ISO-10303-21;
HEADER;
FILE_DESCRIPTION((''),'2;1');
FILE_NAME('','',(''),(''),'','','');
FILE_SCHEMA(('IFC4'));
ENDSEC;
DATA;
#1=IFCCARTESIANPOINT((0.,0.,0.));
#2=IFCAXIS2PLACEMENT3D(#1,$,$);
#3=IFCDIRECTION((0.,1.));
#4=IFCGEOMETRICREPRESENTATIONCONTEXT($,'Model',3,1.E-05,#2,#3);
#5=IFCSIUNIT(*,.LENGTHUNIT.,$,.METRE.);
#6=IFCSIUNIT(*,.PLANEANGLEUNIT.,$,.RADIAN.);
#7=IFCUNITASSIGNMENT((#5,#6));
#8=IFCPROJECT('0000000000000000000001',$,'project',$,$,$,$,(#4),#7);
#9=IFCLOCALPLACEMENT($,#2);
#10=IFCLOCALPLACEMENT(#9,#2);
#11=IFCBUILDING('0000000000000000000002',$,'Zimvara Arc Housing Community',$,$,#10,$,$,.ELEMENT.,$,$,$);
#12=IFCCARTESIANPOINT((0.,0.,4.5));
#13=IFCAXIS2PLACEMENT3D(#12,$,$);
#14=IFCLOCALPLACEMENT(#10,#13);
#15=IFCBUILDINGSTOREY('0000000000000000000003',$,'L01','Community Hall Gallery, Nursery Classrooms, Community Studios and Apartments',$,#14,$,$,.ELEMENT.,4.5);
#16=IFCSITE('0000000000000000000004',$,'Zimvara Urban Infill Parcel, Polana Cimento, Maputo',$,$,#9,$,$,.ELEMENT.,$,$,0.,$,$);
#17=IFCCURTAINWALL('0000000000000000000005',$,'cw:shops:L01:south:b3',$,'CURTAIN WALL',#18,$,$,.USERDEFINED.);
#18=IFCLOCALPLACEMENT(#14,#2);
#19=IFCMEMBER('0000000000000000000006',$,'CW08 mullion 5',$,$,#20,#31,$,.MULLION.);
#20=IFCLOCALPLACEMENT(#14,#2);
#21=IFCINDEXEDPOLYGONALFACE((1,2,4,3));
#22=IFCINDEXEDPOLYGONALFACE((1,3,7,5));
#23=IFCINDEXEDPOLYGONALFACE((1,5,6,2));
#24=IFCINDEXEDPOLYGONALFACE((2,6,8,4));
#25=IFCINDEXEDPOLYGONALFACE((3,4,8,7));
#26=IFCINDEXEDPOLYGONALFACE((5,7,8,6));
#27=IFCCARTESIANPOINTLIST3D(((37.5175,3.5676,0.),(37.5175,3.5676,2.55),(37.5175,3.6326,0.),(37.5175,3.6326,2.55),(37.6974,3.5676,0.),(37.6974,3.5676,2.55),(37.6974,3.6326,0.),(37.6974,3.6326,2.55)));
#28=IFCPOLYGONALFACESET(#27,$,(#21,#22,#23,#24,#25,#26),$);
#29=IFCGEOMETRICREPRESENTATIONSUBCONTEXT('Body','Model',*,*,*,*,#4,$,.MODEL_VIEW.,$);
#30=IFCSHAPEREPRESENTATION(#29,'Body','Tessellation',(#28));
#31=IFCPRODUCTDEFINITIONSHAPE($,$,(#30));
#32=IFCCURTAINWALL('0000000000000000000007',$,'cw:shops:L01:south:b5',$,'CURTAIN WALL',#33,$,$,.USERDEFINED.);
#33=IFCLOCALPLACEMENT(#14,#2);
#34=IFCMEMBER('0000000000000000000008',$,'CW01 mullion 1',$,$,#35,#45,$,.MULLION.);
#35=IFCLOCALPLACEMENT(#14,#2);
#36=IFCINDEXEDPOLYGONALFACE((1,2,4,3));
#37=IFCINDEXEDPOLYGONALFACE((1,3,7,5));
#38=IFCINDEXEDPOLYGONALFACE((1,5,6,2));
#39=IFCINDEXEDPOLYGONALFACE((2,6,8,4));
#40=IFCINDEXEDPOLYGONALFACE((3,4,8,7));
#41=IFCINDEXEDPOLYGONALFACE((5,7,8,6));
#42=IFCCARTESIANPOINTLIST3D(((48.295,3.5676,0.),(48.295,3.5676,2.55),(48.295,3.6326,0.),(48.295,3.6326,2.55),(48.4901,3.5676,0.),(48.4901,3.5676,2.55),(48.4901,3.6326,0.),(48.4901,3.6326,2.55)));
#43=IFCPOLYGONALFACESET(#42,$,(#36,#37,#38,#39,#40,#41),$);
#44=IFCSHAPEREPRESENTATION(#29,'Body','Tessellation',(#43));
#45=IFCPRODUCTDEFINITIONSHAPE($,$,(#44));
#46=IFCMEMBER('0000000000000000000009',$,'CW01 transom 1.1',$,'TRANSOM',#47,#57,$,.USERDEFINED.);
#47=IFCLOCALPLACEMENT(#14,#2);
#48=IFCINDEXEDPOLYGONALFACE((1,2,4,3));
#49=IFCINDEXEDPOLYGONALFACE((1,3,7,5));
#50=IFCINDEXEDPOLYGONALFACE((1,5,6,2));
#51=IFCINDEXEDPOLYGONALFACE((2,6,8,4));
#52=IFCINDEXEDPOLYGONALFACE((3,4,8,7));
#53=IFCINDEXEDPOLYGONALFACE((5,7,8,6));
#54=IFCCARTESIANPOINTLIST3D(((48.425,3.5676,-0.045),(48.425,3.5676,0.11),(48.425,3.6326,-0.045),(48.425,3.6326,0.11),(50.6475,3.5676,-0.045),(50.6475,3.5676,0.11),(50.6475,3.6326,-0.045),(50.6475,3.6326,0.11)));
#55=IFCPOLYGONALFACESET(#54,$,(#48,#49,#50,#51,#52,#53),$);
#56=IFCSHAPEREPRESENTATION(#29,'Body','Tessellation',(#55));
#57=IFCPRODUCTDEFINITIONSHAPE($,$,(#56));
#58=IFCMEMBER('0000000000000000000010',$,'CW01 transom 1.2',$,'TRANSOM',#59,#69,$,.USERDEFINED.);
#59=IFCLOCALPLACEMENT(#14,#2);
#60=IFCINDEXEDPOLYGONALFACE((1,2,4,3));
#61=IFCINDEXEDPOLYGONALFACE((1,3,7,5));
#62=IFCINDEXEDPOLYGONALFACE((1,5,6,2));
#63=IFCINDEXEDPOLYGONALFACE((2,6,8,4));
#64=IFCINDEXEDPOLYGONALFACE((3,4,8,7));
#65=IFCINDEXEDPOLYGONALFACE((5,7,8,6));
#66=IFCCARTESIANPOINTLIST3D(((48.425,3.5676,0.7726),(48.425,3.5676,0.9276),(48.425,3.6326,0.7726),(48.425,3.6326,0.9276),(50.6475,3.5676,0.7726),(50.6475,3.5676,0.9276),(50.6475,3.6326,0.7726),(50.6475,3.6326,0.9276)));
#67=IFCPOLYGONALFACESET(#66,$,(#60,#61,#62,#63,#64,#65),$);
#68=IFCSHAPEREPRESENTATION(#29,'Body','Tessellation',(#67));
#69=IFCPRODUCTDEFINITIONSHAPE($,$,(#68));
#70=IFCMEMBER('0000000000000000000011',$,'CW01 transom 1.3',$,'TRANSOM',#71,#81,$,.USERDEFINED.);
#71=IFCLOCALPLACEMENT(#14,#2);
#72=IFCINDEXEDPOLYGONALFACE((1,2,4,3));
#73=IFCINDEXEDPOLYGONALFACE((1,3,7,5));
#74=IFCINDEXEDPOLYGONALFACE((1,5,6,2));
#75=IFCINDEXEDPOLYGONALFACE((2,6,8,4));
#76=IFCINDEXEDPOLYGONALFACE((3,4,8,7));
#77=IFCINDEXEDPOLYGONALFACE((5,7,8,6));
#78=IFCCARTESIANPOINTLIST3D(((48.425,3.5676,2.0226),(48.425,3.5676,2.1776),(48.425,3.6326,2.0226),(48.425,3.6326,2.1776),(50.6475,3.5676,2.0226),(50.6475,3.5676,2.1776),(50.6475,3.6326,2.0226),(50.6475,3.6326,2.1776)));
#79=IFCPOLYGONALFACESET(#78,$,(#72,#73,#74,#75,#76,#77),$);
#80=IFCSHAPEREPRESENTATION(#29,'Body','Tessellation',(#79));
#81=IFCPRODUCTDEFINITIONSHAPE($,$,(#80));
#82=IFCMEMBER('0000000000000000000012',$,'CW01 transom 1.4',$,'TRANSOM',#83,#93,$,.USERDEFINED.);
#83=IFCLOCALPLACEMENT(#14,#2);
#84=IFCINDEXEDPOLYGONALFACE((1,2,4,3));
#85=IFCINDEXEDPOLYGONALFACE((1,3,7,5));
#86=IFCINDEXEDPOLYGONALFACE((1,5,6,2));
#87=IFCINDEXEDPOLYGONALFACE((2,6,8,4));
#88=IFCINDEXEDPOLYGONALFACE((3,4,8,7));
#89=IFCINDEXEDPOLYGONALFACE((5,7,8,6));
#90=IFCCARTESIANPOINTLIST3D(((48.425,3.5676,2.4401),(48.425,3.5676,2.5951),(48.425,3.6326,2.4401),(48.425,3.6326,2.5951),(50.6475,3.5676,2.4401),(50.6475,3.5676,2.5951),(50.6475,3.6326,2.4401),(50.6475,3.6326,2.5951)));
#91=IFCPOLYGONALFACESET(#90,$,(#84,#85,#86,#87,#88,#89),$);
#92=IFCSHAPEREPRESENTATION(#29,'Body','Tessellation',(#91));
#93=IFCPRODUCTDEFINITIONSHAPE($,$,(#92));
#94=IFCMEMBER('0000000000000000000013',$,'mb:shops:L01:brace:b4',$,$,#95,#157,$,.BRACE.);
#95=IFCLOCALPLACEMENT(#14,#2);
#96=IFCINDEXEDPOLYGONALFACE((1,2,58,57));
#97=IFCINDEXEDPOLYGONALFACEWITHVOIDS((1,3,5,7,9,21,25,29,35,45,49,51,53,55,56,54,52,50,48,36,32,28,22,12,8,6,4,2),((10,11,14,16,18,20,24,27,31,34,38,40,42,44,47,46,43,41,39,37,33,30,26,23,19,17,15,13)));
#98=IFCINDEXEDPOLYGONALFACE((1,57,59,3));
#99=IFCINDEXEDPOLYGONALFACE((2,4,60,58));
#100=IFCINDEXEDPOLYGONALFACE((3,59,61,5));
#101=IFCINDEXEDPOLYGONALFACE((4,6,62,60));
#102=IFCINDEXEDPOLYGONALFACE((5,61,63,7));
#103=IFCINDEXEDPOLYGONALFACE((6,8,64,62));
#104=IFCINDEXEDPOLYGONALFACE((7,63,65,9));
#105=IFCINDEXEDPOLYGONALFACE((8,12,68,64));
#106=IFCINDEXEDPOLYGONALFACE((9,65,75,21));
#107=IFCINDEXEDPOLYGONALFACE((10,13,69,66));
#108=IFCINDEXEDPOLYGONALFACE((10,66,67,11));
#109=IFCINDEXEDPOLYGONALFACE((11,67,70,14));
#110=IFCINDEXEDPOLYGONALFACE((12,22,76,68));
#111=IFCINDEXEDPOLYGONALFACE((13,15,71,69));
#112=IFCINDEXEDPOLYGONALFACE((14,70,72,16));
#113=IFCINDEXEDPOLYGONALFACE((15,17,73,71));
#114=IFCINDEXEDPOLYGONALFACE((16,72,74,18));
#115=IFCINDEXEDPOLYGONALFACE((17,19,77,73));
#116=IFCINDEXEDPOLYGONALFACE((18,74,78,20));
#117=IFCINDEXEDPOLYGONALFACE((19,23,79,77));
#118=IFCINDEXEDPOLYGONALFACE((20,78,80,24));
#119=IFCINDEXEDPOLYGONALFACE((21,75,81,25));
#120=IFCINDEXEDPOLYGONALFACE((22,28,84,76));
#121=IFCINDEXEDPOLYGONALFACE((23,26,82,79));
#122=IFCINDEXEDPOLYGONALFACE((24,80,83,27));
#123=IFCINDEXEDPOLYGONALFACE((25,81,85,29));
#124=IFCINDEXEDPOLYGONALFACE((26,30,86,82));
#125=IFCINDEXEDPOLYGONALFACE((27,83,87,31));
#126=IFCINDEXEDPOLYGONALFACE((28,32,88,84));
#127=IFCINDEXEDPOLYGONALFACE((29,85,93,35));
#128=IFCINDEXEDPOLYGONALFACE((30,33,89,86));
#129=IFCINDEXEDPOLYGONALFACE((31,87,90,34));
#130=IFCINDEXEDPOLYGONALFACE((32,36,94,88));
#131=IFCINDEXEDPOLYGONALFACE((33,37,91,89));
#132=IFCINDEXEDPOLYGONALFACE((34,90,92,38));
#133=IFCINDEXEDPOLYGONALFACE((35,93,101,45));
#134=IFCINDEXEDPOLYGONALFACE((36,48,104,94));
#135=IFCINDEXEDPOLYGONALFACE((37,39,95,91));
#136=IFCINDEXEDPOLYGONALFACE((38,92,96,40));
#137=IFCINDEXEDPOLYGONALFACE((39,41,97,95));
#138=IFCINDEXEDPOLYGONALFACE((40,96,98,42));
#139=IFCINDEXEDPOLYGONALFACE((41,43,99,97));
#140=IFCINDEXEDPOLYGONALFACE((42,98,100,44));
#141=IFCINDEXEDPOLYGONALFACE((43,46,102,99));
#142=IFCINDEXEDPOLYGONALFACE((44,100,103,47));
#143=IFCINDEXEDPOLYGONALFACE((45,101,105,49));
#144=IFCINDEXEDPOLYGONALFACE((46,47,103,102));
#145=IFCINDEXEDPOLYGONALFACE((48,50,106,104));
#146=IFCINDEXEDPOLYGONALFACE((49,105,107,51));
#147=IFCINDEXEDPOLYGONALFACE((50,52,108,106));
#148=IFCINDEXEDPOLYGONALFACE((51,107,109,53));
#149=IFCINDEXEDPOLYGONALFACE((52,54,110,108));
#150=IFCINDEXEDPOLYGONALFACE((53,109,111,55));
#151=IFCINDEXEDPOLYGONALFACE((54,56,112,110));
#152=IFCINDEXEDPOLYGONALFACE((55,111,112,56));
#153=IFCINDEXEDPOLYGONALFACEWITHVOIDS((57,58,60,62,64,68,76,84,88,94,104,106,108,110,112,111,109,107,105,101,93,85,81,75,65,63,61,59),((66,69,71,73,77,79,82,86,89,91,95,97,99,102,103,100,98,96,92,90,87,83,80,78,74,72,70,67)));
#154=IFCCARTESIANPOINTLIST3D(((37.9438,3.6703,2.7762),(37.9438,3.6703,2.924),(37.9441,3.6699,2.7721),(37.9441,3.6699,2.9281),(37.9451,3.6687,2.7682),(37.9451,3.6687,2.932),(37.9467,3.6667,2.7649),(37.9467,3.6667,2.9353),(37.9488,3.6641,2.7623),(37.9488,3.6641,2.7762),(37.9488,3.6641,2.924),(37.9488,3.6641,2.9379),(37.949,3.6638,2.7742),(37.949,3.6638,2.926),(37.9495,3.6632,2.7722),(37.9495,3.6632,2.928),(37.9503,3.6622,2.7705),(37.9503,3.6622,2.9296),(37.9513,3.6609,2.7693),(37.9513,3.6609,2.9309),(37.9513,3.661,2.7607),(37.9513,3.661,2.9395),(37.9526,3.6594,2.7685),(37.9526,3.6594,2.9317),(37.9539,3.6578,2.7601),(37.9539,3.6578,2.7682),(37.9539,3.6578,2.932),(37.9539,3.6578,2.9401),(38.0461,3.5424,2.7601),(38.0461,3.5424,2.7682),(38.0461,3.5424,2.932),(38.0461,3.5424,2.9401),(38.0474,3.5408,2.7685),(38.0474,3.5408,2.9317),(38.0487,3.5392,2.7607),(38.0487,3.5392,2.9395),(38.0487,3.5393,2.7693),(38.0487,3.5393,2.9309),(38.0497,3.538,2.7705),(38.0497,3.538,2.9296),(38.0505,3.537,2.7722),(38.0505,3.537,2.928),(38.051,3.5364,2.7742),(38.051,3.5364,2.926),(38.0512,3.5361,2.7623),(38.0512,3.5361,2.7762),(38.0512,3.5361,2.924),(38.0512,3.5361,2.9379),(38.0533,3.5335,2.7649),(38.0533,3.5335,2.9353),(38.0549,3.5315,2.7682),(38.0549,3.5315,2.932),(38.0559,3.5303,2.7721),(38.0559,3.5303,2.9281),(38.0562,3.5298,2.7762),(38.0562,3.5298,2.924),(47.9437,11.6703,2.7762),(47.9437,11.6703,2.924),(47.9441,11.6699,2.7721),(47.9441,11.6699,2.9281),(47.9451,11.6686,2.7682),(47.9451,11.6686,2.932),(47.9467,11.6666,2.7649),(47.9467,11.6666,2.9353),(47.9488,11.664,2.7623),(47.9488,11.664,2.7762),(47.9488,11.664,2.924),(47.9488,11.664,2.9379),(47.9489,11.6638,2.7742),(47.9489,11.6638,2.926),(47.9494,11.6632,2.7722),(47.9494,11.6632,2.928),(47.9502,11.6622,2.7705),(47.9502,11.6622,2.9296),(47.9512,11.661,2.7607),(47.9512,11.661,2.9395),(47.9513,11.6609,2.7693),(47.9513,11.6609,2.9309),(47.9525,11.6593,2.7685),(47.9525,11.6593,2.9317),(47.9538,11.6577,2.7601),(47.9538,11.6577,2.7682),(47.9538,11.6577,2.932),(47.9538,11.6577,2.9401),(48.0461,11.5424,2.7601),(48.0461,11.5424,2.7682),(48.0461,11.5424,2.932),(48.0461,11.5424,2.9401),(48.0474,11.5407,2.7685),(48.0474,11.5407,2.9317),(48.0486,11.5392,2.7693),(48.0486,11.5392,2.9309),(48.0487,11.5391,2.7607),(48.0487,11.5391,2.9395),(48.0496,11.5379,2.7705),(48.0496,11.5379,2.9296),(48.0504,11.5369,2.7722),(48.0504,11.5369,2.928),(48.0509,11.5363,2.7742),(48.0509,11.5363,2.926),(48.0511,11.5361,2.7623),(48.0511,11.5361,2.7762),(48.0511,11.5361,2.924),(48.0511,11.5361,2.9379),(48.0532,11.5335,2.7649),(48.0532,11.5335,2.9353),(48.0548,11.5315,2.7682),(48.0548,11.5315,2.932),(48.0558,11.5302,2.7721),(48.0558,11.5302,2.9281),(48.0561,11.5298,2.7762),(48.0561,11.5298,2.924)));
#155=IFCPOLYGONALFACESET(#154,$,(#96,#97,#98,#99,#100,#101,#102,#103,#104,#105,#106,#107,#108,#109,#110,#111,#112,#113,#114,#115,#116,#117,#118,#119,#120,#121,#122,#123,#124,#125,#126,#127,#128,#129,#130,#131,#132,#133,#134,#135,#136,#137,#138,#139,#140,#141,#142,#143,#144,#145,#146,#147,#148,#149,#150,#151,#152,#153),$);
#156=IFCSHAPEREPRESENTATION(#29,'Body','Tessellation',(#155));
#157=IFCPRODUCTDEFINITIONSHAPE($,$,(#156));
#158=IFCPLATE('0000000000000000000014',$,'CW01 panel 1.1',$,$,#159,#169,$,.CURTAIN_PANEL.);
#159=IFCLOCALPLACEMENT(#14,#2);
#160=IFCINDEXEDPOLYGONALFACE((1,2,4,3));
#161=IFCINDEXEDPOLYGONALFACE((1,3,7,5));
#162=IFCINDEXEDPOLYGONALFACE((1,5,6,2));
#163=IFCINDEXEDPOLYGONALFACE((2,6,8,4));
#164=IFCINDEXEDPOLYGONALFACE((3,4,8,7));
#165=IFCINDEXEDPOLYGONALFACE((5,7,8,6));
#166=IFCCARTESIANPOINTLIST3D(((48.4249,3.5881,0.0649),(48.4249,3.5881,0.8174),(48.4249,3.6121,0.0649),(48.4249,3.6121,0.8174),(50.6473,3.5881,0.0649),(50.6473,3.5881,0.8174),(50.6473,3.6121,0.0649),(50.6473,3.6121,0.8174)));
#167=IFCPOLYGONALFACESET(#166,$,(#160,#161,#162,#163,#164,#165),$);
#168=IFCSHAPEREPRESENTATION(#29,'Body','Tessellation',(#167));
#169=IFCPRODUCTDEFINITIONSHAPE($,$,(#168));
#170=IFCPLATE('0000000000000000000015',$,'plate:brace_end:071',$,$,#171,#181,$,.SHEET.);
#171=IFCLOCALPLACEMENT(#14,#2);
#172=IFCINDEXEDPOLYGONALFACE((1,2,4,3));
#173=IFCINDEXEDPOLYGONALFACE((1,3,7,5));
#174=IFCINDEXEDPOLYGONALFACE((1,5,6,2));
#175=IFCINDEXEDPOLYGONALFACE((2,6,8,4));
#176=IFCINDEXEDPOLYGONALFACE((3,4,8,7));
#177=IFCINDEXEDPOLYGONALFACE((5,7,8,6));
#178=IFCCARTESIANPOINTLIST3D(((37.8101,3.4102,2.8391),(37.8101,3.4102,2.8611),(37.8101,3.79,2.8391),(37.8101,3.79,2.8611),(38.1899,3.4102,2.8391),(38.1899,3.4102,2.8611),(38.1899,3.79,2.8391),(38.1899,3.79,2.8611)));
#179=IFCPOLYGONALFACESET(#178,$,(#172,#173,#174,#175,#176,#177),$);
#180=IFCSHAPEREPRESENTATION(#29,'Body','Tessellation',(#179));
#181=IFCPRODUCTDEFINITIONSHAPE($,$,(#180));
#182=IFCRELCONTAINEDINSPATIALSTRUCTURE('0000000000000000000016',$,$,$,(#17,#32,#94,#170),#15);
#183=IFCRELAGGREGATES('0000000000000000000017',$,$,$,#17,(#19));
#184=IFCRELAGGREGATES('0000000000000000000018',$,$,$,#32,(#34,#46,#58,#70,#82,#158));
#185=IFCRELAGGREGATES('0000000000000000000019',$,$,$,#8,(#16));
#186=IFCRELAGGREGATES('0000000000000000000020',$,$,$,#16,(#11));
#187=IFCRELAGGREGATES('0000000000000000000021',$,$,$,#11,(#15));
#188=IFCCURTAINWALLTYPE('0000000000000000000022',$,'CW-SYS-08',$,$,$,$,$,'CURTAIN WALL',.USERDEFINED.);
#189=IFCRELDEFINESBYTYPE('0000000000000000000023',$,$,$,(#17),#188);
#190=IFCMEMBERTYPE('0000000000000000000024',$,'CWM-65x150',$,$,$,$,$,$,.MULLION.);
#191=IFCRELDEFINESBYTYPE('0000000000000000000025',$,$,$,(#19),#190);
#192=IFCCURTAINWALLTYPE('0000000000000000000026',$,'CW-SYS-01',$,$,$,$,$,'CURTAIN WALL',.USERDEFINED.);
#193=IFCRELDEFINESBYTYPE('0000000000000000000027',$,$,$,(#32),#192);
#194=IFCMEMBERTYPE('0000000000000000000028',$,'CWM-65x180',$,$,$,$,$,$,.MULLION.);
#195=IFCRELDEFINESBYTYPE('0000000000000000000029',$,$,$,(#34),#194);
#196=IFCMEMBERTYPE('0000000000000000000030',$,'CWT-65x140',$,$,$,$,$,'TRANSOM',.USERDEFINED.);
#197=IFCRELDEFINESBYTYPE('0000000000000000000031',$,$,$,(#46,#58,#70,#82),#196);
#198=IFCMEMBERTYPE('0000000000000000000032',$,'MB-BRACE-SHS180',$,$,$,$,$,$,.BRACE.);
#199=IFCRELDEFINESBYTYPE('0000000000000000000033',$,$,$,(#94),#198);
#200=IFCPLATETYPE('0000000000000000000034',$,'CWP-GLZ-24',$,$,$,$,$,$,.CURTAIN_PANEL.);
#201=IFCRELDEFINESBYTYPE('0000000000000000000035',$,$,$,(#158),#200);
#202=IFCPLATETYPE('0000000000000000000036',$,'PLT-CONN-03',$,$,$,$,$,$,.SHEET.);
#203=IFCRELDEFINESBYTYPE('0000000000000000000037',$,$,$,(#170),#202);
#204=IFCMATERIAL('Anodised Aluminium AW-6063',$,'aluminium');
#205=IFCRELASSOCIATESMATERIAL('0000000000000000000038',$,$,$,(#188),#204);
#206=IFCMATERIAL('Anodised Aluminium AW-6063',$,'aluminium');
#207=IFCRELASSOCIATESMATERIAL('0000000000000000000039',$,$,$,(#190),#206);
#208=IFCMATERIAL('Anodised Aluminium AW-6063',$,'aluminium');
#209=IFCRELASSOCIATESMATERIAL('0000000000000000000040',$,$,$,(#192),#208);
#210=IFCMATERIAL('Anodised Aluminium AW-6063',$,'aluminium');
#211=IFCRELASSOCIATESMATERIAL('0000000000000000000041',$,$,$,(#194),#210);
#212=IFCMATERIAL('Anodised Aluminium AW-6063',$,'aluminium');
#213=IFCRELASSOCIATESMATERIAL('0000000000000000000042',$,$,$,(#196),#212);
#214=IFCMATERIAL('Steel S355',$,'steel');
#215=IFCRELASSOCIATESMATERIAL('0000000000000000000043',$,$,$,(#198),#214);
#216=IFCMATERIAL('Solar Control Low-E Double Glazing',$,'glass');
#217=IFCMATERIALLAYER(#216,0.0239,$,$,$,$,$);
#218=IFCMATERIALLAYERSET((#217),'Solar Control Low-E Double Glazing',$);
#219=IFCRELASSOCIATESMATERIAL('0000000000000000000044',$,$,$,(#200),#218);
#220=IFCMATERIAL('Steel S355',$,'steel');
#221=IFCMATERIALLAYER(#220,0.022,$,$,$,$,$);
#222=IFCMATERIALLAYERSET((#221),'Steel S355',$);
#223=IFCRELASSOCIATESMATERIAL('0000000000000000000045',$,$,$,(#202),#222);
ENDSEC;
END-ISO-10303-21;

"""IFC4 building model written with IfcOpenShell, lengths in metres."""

from ifc_helpers import new_model, si_unit, direction, frame, origin, origin_2d, place, context, subcontext, project, spatial, rectangle, hollow_rectangle, extrude, material, layer, layer_set, material_profile, profile_set, type_object, element, aggregate, save


model = new_model("IFC4")

# Units and contexts
model_context = context("Model", 3, precision=1e-05, world=origin(), true_north=direction((0.0, 1.0)))
body_context = subcontext(model_context, "Body", "Model", "MODEL_VIEW")
ifc_project = project(units=[si_unit("LENGTHUNIT", "METRE"), si_unit("PLANEANGLEUNIT", "RADIAN")], contexts=[model_context])

# Site, building, storey
site_placement = place(None, origin())
site = spatial("IfcSite", under=ifc_project, at=site_placement, Name="Zimvara Urban Infill Parcel, Polana Cimento, Maputo", CompositionType="ELEMENT", RefElevation=0.0)
building_placement = place(site_placement, origin())
building = spatial("IfcBuilding", under=site, at=building_placement, Name="Zimvara Arc Housing Community", CompositionType="ELEMENT")
storey_placement = place(building_placement, frame((0.0, 0.0, 4.5)))
storey = spatial("IfcBuildingStorey", under=building, at=storey_placement, Name="L01", Description="Community Hall Gallery, Nursery Classrooms, Community Studios and Apartments", CompositionType="ELEMENT", Elevation=4.5)

# Curtain wall, member
ifc_material_1 = material(Name="Anodised Aluminium AW-6063", Category="aluminium")
curtain_wall_type_1 = type_object("IfcCurtainWallType", Name="CW-SYS-08", ElementType="CURTAIN WALL", PredefinedType="USERDEFINED", material=ifc_material_1)
curtain_wall_1_placement = place(storey_placement, origin())
curtain_wall_1 = element("IfcCurtainWall", 1, at=curtain_wall_1_placement, inside=storey, type_object=curtain_wall_type_1, Name="cw:shops:L01:south:b3", ObjectType="CURTAIN WALL", PredefinedType="USERDEFINED")
ifc_material_2 = material(Name="Anodised Aluminium AW-6063", Category="aluminium")
ifc_material_profile_1 = material_profile(ifc_material_2, rectangle(XDim=0.0649, YDim=0.1799, at=origin_2d()), Name="ALU 65x180")
ifc_profile_set_1 = profile_set([ifc_material_profile_1], Name="Anodised Aluminium AW-6063")
member_type_1 = type_object("IfcMemberType", Name="CWM-65x150", PredefinedType="MULLION", material=ifc_profile_set_1)
member_1_placement = place(storey_placement, frame((37.6074, 3.6001, 0.0), z_axis=(0.0, 0.0, 1.0), x_axis=(0.0, 1.0, 0.0)))
member_1 = element("IfcMember", 2, at=member_1_placement, type_object=member_type_1, Name="CW08 mullion 5", PredefinedType="MULLION", context=body_context, shape_type="SweptSolid", body=[
    extrude(rectangle(XDim=0.0649, YDim=0.1799, at=origin_2d()), origin(), (0.0, 0.0, 1.0), 2.55),
])
aggregate(curtain_wall_1, [member_1])

# Curtain wall, members
ifc_material_3 = material(Name="Anodised Aluminium AW-6063", Category="aluminium")
curtain_wall_type_2 = type_object("IfcCurtainWallType", Name="CW-SYS-01", ElementType="CURTAIN WALL", PredefinedType="USERDEFINED", material=ifc_material_3)
curtain_wall_2_placement = place(storey_placement, origin())
curtain_wall_2 = element("IfcCurtainWall", 3, at=curtain_wall_2_placement, inside=storey, type_object=curtain_wall_type_2, Name="cw:shops:L01:south:b5", ObjectType="CURTAIN WALL", PredefinedType="USERDEFINED")
ifc_material_4 = material(Name="Anodised Aluminium AW-6063", Category="aluminium")
ifc_material_profile_2 = material_profile(ifc_material_4, rectangle(XDim=0.0649, YDim=0.1951, at=origin_2d()), Name="ALU 65x195")
ifc_profile_set_2 = profile_set([ifc_material_profile_2], Name="Anodised Aluminium AW-6063")
member_type_2 = type_object("IfcMemberType", Name="CWM-65x180", PredefinedType="MULLION", material=ifc_profile_set_2)
member_2_placement = place(storey_placement, frame((48.3926, 3.6001, 0.0), z_axis=(0.0, 0.0, 1.0), x_axis=(0.0, 1.0, 0.0)))
member_2 = element("IfcMember", 4, at=member_2_placement, type_object=member_type_2, Name="CW01 mullion 1", PredefinedType="MULLION", context=body_context, shape_type="SweptSolid", body=[
    extrude(rectangle(XDim=0.0649, YDim=0.1951, at=origin_2d()), origin(), (0.0, 0.0, 1.0), 2.55),
])
ifc_material_5 = material(Name="Anodised Aluminium AW-6063", Category="aluminium")
ifc_material_profile_3 = material_profile(ifc_material_5, rectangle(XDim=0.0649, YDim=0.155, at=origin_2d()), Name="ALU 65x155")
ifc_profile_set_3 = profile_set([ifc_material_profile_3], Name="Anodised Aluminium AW-6063")
member_type_3 = type_object("IfcMemberType", Name="CWT-65x140", ElementType="TRANSOM", PredefinedType="USERDEFINED", material=ifc_profile_set_3)
member_3_placement = place(storey_placement, frame((48.425, 3.6001, 0.0325), z_axis=(1.0, 0.0, 0.0), x_axis=(0.0, 1.0, 0.0)))
member_3 = element("IfcMember", 5, at=member_3_placement, type_object=member_type_3, Name="CW01 transom 1.1", ObjectType="TRANSOM", PredefinedType="USERDEFINED", context=body_context, shape_type="SweptSolid", body=[
    extrude(rectangle(XDim=0.0649, YDim=0.155, at=origin_2d()), origin(), (0.0, 0.0, 1.0), 2.2224),
])
member_4_placement = place(storey_placement, frame((48.425, 3.6001, 0.8501), z_axis=(1.0, 0.0, 0.0), x_axis=(0.0, 1.0, 0.0)))
member_4 = element("IfcMember", 6, at=member_4_placement, type_object=member_type_3, Name="CW01 transom 1.2", ObjectType="TRANSOM", PredefinedType="USERDEFINED", context=body_context, shape_type="SweptSolid", body=[
    extrude(rectangle(XDim=0.0649, YDim=0.155, at=origin_2d()), origin(), (0.0, 0.0, 1.0), 2.2224),
])
member_5_placement = place(storey_placement, frame((48.425, 3.6001, 2.1001), z_axis=(1.0, 0.0, 0.0), x_axis=(0.0, 1.0, 0.0)))
member_5 = element("IfcMember", 7, at=member_5_placement, type_object=member_type_3, Name="CW01 transom 1.3", ObjectType="TRANSOM", PredefinedType="USERDEFINED", context=body_context, shape_type="SweptSolid", body=[
    extrude(rectangle(XDim=0.0649, YDim=0.155, at=origin_2d()), origin(), (0.0, 0.0, 1.0), 2.2224),
])
member_6_placement = place(storey_placement, frame((48.425, 3.6001, 2.5176), z_axis=(1.0, 0.0, 0.0), x_axis=(0.0, 1.0, 0.0)))
member_6 = element("IfcMember", 8, at=member_6_placement, type_object=member_type_3, Name="CW01 transom 1.4", ObjectType="TRANSOM", PredefinedType="USERDEFINED", context=body_context, shape_type="SweptSolid", body=[
    extrude(rectangle(XDim=0.0649, YDim=0.155, at=origin_2d()), origin(), (0.0, 0.0, 1.0), 2.2224),
])

# Member
ifc_material_6 = material(Name="Steel S355", Category="steel")
ifc_material_profile_4 = material_profile(ifc_material_6, hollow_rectangle(XDim=0.1799, YDim=0.1799, WallThickness=0.0081, InnerFilletRadius=0.0081, OuterFilletRadius=0.0161, at=origin_2d()), Name="SHS 180x180x8.0")
ifc_profile_set_4 = profile_set([ifc_material_profile_4], Name="Steel S355")
member_type_4 = type_object("IfcMemberType", Name="MB-BRACE-SHS180", PredefinedType="BRACE", material=ifc_profile_set_4)
member_7_placement = place(storey_placement, frame((38.0, 3.6001, 2.8501), z_axis=(0.780869, 0.624695, 0.0), x_axis=(-0.624695, 0.780869, 0.0)))
element("IfcMember", 9, at=member_7_placement, inside=storey, type_object=member_type_4, Name="mb:shops:L01:brace:b4", PredefinedType="BRACE", context=body_context, shape_type="SweptSolid", body=[
    extrude(hollow_rectangle(XDim=0.1799, YDim=0.1799, WallThickness=0.0081, InnerFilletRadius=0.0081, OuterFilletRadius=0.0161, at=origin_2d()), origin(), (0.0, 0.0, 1.0), 12.8062),
])

# Plates
ifc_material_7 = material(Name="Solar Control Low-E Double Glazing", Category="glass")
ifc_layer_1 = layer(ifc_material_7, 0.0239)
ifc_layer_set_1 = layer_set([ifc_layer_1], Name="Solar Control Low-E Double Glazing")
plate_type_1 = type_object("IfcPlateType", Name="CWP-GLZ-24", PredefinedType="CURTAIN_PANEL", material=ifc_layer_set_1)
plate_1_placement = place(storey_placement, frame((49.5361, 3.6001, 0.0649), z_axis=(0.0, 0.0, 1.0), x_axis=(1.0, 0.0, 0.0)))
plate_1 = element("IfcPlate", 10, at=plate_1_placement, type_object=plate_type_1, Name="CW01 panel 1.1", PredefinedType="CURTAIN_PANEL", context=body_context, shape_type="SweptSolid", body=[
    extrude(rectangle(XDim=2.2224, YDim=0.0239, at=origin_2d()), origin(), (0.0, 0.0, 1.0), 0.7524),
])
aggregate(curtain_wall_2, [member_2, member_3, member_4, member_5, member_6, plate_1])
ifc_material_8 = material(Name="Steel S355", Category="steel")
ifc_layer_2 = layer(ifc_material_8, 0.022)
ifc_layer_set_2 = layer_set([ifc_layer_2], Name="Steel S355")
plate_type_2 = type_object("IfcPlateType", Name="PLT-CONN-03", PredefinedType="SHEET", material=ifc_layer_set_2)
plate_2_placement = place(storey_placement, frame((38.0, 3.6001, 2.8391), z_axis=(0.0, 0.0, 1.0), x_axis=(1.0, 0.0, 0.0)))
element("IfcPlate", 11, at=plate_2_placement, inside=storey, type_object=plate_type_2, Name="plate:brace_end:071", PredefinedType="SHEET", context=body_context, shape_type="SweptSolid", body=[
    extrude(rectangle(XDim=0.3799, YDim=0.3799, at=origin_2d()), origin(), (0.0, 0.0, 1.0), 0.022),
])

save(model, "model.ifc")
